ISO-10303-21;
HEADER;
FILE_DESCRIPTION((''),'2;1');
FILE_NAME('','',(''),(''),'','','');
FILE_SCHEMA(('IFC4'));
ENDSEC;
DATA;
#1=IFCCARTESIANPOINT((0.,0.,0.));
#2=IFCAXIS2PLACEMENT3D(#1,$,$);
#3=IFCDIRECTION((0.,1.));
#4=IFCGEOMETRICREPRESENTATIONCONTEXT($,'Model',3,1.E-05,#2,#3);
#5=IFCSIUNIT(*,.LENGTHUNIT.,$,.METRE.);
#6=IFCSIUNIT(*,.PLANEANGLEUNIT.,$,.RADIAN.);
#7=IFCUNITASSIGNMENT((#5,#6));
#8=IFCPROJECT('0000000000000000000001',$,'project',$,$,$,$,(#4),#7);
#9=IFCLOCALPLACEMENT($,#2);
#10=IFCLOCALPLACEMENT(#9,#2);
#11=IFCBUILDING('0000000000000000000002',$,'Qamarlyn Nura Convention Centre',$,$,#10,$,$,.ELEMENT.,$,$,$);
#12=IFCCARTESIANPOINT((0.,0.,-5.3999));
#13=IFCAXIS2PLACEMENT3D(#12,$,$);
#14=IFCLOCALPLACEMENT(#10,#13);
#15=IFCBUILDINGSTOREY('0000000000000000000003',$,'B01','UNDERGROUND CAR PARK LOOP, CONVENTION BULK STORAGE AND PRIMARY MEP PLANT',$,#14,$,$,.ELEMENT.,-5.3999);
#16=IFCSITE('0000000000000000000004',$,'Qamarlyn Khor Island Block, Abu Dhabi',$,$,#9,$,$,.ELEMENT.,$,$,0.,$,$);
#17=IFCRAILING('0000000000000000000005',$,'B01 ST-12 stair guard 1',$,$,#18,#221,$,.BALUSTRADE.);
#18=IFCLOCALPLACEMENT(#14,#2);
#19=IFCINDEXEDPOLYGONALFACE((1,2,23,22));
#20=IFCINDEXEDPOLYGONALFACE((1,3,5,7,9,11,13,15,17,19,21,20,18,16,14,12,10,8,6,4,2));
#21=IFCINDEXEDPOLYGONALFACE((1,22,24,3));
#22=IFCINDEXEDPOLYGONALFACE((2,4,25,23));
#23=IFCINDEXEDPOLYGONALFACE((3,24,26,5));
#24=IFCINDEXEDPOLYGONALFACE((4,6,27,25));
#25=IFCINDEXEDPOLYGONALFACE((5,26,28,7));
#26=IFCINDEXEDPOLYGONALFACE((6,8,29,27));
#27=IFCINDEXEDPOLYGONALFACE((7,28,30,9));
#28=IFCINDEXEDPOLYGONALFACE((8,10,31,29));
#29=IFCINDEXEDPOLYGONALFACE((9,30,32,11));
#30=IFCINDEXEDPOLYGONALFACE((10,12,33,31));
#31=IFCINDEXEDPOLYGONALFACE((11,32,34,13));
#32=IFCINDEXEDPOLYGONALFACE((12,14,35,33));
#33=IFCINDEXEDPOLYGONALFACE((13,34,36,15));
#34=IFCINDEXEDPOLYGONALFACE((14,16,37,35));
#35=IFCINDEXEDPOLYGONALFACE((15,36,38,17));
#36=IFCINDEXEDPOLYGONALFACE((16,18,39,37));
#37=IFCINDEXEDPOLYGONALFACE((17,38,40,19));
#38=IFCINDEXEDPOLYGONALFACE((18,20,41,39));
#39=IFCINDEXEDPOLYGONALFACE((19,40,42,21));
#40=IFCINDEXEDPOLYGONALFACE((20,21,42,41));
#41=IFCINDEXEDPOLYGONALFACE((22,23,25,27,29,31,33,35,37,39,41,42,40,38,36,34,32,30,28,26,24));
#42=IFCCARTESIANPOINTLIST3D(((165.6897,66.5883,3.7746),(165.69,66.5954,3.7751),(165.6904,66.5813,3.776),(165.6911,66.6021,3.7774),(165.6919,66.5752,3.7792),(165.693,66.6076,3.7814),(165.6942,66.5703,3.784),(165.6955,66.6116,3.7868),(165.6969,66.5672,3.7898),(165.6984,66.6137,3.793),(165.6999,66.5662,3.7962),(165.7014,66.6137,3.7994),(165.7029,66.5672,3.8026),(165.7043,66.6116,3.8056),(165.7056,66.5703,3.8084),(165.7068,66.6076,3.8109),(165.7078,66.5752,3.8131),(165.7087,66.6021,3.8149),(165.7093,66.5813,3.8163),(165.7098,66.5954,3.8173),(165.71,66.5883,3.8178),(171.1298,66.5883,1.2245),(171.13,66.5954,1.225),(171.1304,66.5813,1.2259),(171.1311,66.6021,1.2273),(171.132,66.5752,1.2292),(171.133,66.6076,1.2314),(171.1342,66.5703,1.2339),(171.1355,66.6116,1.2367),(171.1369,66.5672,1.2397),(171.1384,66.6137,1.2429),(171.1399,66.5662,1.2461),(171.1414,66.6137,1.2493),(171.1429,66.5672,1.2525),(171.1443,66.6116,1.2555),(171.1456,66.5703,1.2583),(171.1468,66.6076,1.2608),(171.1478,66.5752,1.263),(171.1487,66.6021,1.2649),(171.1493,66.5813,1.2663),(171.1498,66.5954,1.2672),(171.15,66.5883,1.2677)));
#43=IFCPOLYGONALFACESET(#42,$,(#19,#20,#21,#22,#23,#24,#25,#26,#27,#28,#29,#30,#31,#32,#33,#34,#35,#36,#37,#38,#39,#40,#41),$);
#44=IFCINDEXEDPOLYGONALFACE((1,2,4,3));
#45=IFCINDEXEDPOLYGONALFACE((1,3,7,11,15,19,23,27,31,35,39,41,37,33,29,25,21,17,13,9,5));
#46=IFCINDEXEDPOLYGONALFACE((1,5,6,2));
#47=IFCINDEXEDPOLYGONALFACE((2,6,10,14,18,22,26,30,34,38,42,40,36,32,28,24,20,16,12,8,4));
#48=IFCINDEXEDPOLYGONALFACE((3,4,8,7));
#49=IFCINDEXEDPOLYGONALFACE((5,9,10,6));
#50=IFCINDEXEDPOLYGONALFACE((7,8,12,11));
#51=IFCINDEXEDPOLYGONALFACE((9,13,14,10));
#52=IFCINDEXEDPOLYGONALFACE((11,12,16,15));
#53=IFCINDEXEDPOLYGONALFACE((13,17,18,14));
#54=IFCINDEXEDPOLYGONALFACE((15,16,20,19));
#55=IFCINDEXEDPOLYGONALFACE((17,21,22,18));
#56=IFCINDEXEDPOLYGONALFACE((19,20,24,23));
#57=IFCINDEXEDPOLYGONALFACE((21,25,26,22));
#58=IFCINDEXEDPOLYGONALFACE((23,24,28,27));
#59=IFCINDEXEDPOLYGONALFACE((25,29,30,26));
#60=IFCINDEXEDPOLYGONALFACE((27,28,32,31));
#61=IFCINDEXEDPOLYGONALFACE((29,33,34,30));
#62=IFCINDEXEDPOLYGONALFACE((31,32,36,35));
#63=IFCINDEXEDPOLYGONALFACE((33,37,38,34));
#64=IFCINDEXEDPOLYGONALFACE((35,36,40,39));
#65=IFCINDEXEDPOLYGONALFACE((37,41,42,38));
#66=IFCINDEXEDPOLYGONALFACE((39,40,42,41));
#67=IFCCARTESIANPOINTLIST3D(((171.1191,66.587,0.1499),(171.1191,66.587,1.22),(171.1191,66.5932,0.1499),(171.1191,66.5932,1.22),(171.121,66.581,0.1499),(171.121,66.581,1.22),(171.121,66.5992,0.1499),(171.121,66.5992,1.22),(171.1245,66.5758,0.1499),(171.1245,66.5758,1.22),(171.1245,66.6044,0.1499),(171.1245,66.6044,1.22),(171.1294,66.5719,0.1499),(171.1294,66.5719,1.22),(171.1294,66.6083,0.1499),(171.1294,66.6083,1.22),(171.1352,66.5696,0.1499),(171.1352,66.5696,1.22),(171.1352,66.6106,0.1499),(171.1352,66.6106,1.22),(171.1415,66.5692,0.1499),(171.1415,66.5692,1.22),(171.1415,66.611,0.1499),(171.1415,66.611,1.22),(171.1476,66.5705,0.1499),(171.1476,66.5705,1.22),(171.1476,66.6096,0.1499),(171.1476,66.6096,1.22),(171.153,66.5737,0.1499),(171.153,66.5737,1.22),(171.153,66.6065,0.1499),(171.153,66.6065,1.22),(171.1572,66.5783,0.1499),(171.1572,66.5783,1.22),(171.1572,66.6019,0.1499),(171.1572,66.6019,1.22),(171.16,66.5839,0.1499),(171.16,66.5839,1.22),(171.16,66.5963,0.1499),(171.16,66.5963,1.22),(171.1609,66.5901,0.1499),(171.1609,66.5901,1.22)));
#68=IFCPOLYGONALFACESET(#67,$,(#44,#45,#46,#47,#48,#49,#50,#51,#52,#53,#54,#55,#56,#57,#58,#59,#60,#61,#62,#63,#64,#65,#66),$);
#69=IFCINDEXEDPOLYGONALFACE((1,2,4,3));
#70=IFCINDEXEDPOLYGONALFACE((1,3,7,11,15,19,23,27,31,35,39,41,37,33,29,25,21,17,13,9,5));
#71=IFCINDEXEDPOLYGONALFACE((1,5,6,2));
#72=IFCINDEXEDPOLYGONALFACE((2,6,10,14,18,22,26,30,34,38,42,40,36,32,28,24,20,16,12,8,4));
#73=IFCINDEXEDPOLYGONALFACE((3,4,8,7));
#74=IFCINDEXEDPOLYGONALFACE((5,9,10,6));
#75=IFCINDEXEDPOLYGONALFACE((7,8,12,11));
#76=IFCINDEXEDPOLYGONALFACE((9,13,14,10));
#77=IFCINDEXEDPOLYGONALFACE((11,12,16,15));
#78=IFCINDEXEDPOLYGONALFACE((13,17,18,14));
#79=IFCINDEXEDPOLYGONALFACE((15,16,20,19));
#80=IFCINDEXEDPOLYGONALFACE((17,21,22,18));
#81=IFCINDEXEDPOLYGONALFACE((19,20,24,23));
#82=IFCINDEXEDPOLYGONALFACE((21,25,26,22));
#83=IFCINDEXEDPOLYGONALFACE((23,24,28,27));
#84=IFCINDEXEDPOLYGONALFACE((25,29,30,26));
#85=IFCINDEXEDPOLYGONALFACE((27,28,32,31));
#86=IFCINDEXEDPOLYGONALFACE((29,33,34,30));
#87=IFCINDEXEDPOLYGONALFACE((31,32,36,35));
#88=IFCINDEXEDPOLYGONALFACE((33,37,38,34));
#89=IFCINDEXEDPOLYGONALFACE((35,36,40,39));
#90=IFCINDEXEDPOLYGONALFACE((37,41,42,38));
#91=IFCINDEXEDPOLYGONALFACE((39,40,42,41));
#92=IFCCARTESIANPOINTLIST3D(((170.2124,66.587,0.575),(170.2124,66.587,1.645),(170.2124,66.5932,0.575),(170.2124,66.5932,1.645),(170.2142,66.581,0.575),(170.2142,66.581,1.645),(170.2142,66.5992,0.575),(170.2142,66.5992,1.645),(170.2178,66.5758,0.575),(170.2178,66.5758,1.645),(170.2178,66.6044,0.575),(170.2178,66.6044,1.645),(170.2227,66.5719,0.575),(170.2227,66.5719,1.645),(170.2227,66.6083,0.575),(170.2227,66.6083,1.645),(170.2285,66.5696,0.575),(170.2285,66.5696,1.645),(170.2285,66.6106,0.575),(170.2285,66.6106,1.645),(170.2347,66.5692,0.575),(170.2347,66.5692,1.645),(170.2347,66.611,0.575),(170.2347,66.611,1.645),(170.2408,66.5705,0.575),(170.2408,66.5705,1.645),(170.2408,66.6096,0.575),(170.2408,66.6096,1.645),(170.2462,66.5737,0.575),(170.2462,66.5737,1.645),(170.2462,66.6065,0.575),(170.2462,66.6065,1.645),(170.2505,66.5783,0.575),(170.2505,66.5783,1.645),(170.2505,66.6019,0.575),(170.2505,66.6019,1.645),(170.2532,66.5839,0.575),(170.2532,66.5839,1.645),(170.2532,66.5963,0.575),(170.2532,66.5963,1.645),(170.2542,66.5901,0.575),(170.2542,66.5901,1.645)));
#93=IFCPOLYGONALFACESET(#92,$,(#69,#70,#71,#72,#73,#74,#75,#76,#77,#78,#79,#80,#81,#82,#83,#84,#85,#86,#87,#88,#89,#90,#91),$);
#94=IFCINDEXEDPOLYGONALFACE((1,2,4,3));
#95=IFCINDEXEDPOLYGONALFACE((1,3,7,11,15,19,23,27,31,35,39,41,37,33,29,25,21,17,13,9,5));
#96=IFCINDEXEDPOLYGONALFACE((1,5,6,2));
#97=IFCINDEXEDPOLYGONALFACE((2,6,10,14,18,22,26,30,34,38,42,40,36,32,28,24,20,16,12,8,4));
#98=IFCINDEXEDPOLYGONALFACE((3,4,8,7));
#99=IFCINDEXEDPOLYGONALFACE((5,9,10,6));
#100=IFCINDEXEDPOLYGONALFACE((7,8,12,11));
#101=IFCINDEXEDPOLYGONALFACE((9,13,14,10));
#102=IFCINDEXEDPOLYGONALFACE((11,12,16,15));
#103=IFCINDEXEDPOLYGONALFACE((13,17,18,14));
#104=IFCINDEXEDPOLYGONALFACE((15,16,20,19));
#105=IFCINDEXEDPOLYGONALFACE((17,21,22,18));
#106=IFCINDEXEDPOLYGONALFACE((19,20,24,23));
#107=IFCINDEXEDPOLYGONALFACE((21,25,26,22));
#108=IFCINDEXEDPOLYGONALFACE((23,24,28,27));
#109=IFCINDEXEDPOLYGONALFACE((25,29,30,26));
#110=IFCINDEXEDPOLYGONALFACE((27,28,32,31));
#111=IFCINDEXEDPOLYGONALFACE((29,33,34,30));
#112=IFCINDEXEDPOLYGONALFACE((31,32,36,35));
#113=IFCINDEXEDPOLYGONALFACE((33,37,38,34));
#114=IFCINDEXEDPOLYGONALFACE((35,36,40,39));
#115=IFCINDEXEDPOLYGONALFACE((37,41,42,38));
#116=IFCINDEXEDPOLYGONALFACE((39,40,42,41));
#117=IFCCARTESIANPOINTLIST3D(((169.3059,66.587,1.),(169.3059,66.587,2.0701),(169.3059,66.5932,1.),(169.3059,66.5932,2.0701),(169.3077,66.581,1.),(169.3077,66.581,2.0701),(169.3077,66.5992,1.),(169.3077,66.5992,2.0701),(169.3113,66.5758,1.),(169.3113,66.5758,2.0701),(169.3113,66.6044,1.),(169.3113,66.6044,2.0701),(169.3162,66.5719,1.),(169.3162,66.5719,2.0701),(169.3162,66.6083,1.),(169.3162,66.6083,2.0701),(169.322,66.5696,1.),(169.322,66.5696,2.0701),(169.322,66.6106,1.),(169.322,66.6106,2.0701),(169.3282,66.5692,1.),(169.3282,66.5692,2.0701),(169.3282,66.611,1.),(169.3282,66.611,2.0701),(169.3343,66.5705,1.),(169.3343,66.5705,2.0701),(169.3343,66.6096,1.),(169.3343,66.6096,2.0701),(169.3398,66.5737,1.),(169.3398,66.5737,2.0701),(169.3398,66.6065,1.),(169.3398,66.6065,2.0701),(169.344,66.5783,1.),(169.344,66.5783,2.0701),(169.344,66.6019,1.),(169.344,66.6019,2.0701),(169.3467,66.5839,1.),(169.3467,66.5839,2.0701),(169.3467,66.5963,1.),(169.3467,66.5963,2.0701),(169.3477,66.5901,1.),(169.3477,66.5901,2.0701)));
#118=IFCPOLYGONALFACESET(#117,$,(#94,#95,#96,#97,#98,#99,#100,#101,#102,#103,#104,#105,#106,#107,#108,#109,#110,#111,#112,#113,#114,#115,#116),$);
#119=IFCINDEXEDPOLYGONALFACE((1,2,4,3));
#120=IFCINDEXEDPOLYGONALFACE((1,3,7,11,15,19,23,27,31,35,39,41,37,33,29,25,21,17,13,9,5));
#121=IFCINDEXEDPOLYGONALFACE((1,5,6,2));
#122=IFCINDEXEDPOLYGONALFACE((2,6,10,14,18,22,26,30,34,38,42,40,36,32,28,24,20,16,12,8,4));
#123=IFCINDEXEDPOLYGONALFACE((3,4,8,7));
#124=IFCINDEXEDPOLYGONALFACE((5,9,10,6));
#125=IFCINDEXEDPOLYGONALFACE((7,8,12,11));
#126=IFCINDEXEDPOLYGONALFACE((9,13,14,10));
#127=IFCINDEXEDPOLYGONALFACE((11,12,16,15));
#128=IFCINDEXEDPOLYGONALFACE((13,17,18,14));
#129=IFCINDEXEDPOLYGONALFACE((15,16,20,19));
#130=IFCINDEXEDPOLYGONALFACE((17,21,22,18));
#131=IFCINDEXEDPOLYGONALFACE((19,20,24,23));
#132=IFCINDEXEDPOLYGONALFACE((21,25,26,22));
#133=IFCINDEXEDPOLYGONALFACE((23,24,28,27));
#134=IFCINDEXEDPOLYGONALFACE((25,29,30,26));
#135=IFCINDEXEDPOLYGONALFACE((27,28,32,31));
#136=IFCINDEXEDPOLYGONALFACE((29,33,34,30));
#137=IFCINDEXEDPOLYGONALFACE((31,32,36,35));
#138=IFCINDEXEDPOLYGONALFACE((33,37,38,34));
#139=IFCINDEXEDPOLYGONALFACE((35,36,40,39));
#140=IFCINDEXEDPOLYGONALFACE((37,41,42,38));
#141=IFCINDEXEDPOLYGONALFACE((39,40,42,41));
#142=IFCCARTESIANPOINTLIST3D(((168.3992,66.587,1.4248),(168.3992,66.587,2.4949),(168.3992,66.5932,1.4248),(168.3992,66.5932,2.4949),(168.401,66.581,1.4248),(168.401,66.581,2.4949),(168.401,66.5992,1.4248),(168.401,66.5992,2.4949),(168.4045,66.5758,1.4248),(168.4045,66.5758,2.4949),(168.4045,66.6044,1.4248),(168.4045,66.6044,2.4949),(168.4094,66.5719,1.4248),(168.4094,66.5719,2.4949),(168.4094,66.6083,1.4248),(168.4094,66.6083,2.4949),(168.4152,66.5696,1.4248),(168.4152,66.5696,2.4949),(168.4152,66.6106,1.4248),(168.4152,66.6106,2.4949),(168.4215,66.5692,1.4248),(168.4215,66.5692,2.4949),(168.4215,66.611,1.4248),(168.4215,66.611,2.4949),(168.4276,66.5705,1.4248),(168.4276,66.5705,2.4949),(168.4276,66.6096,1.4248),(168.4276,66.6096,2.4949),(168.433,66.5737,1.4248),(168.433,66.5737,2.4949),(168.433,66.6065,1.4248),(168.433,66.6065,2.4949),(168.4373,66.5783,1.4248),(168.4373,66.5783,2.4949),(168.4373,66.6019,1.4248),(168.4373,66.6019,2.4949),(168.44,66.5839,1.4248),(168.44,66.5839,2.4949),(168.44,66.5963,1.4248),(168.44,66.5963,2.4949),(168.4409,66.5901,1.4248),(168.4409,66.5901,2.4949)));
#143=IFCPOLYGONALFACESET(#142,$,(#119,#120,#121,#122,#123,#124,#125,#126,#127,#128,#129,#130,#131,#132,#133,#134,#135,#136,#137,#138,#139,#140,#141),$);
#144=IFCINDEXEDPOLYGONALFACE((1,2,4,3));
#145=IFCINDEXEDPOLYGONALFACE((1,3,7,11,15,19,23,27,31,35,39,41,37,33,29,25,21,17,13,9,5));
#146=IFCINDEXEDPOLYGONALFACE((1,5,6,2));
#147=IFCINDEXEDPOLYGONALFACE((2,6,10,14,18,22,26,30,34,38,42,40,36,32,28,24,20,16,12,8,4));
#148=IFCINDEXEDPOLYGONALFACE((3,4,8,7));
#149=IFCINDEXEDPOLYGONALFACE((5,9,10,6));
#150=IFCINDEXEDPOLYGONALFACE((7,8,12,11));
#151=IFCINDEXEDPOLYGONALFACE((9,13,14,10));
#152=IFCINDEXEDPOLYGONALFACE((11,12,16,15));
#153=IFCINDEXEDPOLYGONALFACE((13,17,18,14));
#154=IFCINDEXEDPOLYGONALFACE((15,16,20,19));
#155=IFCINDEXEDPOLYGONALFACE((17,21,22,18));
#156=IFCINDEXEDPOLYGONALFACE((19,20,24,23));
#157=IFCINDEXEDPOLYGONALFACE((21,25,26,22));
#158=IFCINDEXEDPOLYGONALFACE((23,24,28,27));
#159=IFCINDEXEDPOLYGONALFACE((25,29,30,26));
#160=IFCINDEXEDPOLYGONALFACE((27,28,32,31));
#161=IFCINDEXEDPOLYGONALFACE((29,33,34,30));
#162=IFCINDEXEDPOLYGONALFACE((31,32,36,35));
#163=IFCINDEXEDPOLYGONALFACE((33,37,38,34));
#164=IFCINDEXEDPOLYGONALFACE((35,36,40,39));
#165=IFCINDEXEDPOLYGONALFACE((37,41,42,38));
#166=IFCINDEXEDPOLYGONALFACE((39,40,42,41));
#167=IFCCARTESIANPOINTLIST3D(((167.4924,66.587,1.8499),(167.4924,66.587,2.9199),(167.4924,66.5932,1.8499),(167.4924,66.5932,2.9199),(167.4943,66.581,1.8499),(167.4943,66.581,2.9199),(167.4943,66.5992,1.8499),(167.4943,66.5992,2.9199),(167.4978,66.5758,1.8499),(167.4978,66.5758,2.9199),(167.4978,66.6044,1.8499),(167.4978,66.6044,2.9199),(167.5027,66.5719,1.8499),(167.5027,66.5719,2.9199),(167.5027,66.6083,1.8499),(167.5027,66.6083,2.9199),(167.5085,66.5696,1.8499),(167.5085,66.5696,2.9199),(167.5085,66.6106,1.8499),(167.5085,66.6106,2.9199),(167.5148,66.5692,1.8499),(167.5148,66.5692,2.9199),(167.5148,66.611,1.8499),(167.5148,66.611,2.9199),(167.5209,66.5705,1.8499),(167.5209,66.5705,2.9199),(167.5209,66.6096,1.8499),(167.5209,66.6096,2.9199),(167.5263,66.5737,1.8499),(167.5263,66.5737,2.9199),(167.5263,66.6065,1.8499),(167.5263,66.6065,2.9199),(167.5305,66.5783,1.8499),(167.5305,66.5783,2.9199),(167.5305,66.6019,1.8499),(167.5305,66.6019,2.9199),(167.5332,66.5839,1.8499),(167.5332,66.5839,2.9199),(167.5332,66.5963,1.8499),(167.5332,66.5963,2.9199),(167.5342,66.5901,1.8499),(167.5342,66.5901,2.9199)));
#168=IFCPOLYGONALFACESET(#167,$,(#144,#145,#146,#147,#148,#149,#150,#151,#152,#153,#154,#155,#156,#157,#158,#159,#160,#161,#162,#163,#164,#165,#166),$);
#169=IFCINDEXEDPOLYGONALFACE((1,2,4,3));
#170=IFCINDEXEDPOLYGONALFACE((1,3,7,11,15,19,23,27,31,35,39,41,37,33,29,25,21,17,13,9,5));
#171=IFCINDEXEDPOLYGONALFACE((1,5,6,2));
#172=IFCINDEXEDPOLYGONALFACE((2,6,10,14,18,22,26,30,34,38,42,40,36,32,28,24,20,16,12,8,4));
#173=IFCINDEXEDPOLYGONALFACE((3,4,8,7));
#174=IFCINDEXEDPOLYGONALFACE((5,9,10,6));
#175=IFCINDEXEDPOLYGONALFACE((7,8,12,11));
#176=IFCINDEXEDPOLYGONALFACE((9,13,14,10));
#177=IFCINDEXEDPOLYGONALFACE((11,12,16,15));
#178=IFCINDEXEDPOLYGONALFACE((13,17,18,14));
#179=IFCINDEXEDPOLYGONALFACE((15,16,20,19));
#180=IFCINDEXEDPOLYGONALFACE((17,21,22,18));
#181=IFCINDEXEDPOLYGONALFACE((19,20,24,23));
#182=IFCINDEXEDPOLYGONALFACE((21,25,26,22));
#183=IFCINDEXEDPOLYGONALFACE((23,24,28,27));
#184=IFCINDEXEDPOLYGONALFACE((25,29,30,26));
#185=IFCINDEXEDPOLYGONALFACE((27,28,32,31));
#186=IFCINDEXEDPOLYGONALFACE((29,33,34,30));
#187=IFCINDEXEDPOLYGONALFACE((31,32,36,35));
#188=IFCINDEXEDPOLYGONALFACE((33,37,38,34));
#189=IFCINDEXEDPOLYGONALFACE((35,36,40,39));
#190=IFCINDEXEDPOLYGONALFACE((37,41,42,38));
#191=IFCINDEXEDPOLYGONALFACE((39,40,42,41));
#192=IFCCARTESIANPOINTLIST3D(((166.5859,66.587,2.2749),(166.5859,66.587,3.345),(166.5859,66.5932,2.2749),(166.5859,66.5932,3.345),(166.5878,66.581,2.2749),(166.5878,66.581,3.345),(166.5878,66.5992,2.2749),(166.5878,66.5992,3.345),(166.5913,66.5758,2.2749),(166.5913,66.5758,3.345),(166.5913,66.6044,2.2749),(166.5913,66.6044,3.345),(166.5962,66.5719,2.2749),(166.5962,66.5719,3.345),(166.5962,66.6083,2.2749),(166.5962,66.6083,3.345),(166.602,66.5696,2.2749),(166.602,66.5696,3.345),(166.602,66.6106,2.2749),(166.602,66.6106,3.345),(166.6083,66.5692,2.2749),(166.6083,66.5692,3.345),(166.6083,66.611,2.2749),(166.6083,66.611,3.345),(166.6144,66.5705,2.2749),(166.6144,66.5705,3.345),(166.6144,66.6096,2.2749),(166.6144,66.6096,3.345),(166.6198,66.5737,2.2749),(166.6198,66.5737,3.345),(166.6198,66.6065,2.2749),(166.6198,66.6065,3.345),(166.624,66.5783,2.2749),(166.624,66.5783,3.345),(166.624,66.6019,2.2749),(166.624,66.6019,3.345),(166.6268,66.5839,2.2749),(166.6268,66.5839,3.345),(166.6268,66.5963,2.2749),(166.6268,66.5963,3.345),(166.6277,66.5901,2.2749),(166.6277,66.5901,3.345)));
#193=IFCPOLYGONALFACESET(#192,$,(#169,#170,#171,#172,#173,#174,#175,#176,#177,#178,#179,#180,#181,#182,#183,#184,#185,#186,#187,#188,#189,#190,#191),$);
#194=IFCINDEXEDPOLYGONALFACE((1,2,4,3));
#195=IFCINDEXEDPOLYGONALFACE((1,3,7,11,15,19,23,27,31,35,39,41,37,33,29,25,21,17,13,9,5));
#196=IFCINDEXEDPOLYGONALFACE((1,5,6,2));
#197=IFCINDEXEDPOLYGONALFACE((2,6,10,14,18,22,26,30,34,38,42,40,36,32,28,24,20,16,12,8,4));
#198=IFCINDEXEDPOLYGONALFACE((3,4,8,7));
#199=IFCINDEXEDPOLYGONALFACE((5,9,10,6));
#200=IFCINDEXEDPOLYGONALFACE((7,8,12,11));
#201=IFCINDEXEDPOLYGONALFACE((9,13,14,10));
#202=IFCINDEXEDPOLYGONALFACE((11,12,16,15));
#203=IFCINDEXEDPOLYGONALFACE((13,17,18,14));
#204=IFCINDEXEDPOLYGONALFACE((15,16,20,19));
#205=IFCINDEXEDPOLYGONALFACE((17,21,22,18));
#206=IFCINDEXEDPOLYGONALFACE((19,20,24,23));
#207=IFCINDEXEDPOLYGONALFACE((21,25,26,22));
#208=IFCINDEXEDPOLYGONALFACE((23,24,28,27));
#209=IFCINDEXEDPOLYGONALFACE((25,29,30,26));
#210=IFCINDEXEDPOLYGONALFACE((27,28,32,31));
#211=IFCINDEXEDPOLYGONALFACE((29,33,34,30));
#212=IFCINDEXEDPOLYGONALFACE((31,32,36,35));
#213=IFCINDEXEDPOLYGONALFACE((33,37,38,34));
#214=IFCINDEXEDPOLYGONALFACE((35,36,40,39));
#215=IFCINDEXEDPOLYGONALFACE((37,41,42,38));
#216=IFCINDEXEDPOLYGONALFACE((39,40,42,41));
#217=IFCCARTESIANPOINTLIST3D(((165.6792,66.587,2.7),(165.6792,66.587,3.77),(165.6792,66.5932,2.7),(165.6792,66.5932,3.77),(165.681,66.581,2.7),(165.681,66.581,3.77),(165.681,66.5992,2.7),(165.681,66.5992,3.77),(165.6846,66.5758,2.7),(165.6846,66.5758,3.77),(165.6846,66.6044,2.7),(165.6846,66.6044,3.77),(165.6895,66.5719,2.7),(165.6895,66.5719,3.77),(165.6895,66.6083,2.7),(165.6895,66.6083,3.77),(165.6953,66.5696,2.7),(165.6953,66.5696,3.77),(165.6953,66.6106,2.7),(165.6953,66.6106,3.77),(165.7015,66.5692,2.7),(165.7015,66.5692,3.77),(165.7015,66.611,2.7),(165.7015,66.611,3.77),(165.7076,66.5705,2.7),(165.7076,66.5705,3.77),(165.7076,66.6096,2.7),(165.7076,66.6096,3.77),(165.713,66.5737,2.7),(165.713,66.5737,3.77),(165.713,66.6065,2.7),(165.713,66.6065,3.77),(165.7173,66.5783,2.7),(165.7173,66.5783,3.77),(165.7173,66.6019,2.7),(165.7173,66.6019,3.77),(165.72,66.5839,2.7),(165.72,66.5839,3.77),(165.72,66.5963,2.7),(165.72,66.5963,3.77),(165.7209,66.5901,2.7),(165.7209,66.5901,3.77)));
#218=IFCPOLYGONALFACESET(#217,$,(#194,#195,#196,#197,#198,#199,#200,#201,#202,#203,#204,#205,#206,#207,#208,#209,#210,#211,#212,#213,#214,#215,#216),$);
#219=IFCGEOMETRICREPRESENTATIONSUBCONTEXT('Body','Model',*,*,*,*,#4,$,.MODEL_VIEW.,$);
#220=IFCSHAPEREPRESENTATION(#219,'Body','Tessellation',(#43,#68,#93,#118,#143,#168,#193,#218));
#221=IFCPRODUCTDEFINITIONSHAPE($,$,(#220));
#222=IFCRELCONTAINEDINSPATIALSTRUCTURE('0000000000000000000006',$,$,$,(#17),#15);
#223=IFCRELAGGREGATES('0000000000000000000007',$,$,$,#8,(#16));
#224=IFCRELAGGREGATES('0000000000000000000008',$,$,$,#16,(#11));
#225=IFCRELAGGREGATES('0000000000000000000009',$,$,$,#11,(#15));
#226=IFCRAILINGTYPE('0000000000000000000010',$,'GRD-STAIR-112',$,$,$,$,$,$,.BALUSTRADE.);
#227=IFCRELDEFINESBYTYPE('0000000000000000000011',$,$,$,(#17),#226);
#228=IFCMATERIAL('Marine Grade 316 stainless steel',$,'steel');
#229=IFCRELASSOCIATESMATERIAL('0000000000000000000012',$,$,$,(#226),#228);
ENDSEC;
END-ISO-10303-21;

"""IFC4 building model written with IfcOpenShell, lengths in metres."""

from ifc_helpers import new_model, si_unit, direction, frame, origin, origin_2d, place, context, subcontext, project, spatial, circle, extrude, material, type_object, element, save


model = new_model("IFC4")

# Units and contexts
model_context = context("Model", 3, precision=1e-05, world=origin(), true_north=direction((0.0, 1.0)))
body_context = subcontext(model_context, "Body", "Model", "MODEL_VIEW")
ifc_project = project(units=[si_unit("LENGTHUNIT", "METRE"), si_unit("PLANEANGLEUNIT", "RADIAN")], contexts=[model_context])

# Site, building, storey
site_placement = place(None, origin())
site = spatial("IfcSite", under=ifc_project, at=site_placement, Name="Qamarlyn Khor Island Block, Abu Dhabi", CompositionType="ELEMENT", RefElevation=0.0)
building_placement = place(site_placement, origin())
building = spatial("IfcBuilding", under=site, at=building_placement, Name="Qamarlyn Nura Convention Centre", CompositionType="ELEMENT")
storey_placement = place(building_placement, frame((0.0, 0.0, -5.3999)))
storey = spatial("IfcBuildingStorey", under=building, at=storey_placement, Name="B01", Description="UNDERGROUND CAR PARK LOOP, CONVENTION BULK STORAGE AND PRIMARY MEP PLANT", CompositionType="ELEMENT", Elevation=-5.3999)

# Railing
ifc_material_1 = material(Name="Marine Grade 316 stainless steel", Category="steel")
railing_type_1 = type_object("IfcRailingType", Name="GRD-STAIR-112", PredefinedType="BALUSTRADE", material=ifc_material_1)
railing_1_placement = place(storey_placement, frame((171.1399, 66.5901, 0.1499)))
element("IfcRailing", 1, at=railing_1_placement, inside=storey, type_object=railing_type_1, Name="B01 ST-12 stair guard 1", PredefinedType="BALUSTRADE", context=body_context, shape_type="SweptSolid", body=[
    extrude(circle(Radius=0.0239, at=origin_2d()), frame((0.0, 0.0, 1.0962), z_axis=(-0.905454, 0.0, 0.424444), x_axis=(0.0, -1.0, 0.0)), (0.0, 0.0, 1.0), 6.0081),
    extrude(circle(Radius=0.021, at=origin_2d()), origin(), (0.0, 0.0, 1.0), 1.0701),
    extrude(circle(Radius=0.021, at=origin_2d()), frame((-0.9067, 0.0, 0.425)), (0.0, 0.0, 1.0), 1.0701),
    extrude(circle(Radius=0.021, at=origin_2d()), frame((-1.8132, 0.0, 0.8501)), (0.0, 0.0, 1.0), 1.0701),
    extrude(circle(Radius=0.021, at=origin_2d()), frame((-2.72, 0.0, 1.2749)), (0.0, 0.0, 1.0), 1.0701),
    extrude(circle(Radius=0.021, at=origin_2d()), frame((-3.6267, 0.0, 1.7)), (0.0, 0.0, 1.0), 1.0701),
    extrude(circle(Radius=0.021, at=origin_2d()), frame((-4.5332, 0.0, 2.125)), (0.0, 0.0, 1.0), 1.0701),
    extrude(circle(Radius=0.021, at=origin_2d()), frame((-5.4399, 0.0, 2.55)), (0.0, 0.0, 1.0), 1.0701),
])

save(model, "model.ifc")
